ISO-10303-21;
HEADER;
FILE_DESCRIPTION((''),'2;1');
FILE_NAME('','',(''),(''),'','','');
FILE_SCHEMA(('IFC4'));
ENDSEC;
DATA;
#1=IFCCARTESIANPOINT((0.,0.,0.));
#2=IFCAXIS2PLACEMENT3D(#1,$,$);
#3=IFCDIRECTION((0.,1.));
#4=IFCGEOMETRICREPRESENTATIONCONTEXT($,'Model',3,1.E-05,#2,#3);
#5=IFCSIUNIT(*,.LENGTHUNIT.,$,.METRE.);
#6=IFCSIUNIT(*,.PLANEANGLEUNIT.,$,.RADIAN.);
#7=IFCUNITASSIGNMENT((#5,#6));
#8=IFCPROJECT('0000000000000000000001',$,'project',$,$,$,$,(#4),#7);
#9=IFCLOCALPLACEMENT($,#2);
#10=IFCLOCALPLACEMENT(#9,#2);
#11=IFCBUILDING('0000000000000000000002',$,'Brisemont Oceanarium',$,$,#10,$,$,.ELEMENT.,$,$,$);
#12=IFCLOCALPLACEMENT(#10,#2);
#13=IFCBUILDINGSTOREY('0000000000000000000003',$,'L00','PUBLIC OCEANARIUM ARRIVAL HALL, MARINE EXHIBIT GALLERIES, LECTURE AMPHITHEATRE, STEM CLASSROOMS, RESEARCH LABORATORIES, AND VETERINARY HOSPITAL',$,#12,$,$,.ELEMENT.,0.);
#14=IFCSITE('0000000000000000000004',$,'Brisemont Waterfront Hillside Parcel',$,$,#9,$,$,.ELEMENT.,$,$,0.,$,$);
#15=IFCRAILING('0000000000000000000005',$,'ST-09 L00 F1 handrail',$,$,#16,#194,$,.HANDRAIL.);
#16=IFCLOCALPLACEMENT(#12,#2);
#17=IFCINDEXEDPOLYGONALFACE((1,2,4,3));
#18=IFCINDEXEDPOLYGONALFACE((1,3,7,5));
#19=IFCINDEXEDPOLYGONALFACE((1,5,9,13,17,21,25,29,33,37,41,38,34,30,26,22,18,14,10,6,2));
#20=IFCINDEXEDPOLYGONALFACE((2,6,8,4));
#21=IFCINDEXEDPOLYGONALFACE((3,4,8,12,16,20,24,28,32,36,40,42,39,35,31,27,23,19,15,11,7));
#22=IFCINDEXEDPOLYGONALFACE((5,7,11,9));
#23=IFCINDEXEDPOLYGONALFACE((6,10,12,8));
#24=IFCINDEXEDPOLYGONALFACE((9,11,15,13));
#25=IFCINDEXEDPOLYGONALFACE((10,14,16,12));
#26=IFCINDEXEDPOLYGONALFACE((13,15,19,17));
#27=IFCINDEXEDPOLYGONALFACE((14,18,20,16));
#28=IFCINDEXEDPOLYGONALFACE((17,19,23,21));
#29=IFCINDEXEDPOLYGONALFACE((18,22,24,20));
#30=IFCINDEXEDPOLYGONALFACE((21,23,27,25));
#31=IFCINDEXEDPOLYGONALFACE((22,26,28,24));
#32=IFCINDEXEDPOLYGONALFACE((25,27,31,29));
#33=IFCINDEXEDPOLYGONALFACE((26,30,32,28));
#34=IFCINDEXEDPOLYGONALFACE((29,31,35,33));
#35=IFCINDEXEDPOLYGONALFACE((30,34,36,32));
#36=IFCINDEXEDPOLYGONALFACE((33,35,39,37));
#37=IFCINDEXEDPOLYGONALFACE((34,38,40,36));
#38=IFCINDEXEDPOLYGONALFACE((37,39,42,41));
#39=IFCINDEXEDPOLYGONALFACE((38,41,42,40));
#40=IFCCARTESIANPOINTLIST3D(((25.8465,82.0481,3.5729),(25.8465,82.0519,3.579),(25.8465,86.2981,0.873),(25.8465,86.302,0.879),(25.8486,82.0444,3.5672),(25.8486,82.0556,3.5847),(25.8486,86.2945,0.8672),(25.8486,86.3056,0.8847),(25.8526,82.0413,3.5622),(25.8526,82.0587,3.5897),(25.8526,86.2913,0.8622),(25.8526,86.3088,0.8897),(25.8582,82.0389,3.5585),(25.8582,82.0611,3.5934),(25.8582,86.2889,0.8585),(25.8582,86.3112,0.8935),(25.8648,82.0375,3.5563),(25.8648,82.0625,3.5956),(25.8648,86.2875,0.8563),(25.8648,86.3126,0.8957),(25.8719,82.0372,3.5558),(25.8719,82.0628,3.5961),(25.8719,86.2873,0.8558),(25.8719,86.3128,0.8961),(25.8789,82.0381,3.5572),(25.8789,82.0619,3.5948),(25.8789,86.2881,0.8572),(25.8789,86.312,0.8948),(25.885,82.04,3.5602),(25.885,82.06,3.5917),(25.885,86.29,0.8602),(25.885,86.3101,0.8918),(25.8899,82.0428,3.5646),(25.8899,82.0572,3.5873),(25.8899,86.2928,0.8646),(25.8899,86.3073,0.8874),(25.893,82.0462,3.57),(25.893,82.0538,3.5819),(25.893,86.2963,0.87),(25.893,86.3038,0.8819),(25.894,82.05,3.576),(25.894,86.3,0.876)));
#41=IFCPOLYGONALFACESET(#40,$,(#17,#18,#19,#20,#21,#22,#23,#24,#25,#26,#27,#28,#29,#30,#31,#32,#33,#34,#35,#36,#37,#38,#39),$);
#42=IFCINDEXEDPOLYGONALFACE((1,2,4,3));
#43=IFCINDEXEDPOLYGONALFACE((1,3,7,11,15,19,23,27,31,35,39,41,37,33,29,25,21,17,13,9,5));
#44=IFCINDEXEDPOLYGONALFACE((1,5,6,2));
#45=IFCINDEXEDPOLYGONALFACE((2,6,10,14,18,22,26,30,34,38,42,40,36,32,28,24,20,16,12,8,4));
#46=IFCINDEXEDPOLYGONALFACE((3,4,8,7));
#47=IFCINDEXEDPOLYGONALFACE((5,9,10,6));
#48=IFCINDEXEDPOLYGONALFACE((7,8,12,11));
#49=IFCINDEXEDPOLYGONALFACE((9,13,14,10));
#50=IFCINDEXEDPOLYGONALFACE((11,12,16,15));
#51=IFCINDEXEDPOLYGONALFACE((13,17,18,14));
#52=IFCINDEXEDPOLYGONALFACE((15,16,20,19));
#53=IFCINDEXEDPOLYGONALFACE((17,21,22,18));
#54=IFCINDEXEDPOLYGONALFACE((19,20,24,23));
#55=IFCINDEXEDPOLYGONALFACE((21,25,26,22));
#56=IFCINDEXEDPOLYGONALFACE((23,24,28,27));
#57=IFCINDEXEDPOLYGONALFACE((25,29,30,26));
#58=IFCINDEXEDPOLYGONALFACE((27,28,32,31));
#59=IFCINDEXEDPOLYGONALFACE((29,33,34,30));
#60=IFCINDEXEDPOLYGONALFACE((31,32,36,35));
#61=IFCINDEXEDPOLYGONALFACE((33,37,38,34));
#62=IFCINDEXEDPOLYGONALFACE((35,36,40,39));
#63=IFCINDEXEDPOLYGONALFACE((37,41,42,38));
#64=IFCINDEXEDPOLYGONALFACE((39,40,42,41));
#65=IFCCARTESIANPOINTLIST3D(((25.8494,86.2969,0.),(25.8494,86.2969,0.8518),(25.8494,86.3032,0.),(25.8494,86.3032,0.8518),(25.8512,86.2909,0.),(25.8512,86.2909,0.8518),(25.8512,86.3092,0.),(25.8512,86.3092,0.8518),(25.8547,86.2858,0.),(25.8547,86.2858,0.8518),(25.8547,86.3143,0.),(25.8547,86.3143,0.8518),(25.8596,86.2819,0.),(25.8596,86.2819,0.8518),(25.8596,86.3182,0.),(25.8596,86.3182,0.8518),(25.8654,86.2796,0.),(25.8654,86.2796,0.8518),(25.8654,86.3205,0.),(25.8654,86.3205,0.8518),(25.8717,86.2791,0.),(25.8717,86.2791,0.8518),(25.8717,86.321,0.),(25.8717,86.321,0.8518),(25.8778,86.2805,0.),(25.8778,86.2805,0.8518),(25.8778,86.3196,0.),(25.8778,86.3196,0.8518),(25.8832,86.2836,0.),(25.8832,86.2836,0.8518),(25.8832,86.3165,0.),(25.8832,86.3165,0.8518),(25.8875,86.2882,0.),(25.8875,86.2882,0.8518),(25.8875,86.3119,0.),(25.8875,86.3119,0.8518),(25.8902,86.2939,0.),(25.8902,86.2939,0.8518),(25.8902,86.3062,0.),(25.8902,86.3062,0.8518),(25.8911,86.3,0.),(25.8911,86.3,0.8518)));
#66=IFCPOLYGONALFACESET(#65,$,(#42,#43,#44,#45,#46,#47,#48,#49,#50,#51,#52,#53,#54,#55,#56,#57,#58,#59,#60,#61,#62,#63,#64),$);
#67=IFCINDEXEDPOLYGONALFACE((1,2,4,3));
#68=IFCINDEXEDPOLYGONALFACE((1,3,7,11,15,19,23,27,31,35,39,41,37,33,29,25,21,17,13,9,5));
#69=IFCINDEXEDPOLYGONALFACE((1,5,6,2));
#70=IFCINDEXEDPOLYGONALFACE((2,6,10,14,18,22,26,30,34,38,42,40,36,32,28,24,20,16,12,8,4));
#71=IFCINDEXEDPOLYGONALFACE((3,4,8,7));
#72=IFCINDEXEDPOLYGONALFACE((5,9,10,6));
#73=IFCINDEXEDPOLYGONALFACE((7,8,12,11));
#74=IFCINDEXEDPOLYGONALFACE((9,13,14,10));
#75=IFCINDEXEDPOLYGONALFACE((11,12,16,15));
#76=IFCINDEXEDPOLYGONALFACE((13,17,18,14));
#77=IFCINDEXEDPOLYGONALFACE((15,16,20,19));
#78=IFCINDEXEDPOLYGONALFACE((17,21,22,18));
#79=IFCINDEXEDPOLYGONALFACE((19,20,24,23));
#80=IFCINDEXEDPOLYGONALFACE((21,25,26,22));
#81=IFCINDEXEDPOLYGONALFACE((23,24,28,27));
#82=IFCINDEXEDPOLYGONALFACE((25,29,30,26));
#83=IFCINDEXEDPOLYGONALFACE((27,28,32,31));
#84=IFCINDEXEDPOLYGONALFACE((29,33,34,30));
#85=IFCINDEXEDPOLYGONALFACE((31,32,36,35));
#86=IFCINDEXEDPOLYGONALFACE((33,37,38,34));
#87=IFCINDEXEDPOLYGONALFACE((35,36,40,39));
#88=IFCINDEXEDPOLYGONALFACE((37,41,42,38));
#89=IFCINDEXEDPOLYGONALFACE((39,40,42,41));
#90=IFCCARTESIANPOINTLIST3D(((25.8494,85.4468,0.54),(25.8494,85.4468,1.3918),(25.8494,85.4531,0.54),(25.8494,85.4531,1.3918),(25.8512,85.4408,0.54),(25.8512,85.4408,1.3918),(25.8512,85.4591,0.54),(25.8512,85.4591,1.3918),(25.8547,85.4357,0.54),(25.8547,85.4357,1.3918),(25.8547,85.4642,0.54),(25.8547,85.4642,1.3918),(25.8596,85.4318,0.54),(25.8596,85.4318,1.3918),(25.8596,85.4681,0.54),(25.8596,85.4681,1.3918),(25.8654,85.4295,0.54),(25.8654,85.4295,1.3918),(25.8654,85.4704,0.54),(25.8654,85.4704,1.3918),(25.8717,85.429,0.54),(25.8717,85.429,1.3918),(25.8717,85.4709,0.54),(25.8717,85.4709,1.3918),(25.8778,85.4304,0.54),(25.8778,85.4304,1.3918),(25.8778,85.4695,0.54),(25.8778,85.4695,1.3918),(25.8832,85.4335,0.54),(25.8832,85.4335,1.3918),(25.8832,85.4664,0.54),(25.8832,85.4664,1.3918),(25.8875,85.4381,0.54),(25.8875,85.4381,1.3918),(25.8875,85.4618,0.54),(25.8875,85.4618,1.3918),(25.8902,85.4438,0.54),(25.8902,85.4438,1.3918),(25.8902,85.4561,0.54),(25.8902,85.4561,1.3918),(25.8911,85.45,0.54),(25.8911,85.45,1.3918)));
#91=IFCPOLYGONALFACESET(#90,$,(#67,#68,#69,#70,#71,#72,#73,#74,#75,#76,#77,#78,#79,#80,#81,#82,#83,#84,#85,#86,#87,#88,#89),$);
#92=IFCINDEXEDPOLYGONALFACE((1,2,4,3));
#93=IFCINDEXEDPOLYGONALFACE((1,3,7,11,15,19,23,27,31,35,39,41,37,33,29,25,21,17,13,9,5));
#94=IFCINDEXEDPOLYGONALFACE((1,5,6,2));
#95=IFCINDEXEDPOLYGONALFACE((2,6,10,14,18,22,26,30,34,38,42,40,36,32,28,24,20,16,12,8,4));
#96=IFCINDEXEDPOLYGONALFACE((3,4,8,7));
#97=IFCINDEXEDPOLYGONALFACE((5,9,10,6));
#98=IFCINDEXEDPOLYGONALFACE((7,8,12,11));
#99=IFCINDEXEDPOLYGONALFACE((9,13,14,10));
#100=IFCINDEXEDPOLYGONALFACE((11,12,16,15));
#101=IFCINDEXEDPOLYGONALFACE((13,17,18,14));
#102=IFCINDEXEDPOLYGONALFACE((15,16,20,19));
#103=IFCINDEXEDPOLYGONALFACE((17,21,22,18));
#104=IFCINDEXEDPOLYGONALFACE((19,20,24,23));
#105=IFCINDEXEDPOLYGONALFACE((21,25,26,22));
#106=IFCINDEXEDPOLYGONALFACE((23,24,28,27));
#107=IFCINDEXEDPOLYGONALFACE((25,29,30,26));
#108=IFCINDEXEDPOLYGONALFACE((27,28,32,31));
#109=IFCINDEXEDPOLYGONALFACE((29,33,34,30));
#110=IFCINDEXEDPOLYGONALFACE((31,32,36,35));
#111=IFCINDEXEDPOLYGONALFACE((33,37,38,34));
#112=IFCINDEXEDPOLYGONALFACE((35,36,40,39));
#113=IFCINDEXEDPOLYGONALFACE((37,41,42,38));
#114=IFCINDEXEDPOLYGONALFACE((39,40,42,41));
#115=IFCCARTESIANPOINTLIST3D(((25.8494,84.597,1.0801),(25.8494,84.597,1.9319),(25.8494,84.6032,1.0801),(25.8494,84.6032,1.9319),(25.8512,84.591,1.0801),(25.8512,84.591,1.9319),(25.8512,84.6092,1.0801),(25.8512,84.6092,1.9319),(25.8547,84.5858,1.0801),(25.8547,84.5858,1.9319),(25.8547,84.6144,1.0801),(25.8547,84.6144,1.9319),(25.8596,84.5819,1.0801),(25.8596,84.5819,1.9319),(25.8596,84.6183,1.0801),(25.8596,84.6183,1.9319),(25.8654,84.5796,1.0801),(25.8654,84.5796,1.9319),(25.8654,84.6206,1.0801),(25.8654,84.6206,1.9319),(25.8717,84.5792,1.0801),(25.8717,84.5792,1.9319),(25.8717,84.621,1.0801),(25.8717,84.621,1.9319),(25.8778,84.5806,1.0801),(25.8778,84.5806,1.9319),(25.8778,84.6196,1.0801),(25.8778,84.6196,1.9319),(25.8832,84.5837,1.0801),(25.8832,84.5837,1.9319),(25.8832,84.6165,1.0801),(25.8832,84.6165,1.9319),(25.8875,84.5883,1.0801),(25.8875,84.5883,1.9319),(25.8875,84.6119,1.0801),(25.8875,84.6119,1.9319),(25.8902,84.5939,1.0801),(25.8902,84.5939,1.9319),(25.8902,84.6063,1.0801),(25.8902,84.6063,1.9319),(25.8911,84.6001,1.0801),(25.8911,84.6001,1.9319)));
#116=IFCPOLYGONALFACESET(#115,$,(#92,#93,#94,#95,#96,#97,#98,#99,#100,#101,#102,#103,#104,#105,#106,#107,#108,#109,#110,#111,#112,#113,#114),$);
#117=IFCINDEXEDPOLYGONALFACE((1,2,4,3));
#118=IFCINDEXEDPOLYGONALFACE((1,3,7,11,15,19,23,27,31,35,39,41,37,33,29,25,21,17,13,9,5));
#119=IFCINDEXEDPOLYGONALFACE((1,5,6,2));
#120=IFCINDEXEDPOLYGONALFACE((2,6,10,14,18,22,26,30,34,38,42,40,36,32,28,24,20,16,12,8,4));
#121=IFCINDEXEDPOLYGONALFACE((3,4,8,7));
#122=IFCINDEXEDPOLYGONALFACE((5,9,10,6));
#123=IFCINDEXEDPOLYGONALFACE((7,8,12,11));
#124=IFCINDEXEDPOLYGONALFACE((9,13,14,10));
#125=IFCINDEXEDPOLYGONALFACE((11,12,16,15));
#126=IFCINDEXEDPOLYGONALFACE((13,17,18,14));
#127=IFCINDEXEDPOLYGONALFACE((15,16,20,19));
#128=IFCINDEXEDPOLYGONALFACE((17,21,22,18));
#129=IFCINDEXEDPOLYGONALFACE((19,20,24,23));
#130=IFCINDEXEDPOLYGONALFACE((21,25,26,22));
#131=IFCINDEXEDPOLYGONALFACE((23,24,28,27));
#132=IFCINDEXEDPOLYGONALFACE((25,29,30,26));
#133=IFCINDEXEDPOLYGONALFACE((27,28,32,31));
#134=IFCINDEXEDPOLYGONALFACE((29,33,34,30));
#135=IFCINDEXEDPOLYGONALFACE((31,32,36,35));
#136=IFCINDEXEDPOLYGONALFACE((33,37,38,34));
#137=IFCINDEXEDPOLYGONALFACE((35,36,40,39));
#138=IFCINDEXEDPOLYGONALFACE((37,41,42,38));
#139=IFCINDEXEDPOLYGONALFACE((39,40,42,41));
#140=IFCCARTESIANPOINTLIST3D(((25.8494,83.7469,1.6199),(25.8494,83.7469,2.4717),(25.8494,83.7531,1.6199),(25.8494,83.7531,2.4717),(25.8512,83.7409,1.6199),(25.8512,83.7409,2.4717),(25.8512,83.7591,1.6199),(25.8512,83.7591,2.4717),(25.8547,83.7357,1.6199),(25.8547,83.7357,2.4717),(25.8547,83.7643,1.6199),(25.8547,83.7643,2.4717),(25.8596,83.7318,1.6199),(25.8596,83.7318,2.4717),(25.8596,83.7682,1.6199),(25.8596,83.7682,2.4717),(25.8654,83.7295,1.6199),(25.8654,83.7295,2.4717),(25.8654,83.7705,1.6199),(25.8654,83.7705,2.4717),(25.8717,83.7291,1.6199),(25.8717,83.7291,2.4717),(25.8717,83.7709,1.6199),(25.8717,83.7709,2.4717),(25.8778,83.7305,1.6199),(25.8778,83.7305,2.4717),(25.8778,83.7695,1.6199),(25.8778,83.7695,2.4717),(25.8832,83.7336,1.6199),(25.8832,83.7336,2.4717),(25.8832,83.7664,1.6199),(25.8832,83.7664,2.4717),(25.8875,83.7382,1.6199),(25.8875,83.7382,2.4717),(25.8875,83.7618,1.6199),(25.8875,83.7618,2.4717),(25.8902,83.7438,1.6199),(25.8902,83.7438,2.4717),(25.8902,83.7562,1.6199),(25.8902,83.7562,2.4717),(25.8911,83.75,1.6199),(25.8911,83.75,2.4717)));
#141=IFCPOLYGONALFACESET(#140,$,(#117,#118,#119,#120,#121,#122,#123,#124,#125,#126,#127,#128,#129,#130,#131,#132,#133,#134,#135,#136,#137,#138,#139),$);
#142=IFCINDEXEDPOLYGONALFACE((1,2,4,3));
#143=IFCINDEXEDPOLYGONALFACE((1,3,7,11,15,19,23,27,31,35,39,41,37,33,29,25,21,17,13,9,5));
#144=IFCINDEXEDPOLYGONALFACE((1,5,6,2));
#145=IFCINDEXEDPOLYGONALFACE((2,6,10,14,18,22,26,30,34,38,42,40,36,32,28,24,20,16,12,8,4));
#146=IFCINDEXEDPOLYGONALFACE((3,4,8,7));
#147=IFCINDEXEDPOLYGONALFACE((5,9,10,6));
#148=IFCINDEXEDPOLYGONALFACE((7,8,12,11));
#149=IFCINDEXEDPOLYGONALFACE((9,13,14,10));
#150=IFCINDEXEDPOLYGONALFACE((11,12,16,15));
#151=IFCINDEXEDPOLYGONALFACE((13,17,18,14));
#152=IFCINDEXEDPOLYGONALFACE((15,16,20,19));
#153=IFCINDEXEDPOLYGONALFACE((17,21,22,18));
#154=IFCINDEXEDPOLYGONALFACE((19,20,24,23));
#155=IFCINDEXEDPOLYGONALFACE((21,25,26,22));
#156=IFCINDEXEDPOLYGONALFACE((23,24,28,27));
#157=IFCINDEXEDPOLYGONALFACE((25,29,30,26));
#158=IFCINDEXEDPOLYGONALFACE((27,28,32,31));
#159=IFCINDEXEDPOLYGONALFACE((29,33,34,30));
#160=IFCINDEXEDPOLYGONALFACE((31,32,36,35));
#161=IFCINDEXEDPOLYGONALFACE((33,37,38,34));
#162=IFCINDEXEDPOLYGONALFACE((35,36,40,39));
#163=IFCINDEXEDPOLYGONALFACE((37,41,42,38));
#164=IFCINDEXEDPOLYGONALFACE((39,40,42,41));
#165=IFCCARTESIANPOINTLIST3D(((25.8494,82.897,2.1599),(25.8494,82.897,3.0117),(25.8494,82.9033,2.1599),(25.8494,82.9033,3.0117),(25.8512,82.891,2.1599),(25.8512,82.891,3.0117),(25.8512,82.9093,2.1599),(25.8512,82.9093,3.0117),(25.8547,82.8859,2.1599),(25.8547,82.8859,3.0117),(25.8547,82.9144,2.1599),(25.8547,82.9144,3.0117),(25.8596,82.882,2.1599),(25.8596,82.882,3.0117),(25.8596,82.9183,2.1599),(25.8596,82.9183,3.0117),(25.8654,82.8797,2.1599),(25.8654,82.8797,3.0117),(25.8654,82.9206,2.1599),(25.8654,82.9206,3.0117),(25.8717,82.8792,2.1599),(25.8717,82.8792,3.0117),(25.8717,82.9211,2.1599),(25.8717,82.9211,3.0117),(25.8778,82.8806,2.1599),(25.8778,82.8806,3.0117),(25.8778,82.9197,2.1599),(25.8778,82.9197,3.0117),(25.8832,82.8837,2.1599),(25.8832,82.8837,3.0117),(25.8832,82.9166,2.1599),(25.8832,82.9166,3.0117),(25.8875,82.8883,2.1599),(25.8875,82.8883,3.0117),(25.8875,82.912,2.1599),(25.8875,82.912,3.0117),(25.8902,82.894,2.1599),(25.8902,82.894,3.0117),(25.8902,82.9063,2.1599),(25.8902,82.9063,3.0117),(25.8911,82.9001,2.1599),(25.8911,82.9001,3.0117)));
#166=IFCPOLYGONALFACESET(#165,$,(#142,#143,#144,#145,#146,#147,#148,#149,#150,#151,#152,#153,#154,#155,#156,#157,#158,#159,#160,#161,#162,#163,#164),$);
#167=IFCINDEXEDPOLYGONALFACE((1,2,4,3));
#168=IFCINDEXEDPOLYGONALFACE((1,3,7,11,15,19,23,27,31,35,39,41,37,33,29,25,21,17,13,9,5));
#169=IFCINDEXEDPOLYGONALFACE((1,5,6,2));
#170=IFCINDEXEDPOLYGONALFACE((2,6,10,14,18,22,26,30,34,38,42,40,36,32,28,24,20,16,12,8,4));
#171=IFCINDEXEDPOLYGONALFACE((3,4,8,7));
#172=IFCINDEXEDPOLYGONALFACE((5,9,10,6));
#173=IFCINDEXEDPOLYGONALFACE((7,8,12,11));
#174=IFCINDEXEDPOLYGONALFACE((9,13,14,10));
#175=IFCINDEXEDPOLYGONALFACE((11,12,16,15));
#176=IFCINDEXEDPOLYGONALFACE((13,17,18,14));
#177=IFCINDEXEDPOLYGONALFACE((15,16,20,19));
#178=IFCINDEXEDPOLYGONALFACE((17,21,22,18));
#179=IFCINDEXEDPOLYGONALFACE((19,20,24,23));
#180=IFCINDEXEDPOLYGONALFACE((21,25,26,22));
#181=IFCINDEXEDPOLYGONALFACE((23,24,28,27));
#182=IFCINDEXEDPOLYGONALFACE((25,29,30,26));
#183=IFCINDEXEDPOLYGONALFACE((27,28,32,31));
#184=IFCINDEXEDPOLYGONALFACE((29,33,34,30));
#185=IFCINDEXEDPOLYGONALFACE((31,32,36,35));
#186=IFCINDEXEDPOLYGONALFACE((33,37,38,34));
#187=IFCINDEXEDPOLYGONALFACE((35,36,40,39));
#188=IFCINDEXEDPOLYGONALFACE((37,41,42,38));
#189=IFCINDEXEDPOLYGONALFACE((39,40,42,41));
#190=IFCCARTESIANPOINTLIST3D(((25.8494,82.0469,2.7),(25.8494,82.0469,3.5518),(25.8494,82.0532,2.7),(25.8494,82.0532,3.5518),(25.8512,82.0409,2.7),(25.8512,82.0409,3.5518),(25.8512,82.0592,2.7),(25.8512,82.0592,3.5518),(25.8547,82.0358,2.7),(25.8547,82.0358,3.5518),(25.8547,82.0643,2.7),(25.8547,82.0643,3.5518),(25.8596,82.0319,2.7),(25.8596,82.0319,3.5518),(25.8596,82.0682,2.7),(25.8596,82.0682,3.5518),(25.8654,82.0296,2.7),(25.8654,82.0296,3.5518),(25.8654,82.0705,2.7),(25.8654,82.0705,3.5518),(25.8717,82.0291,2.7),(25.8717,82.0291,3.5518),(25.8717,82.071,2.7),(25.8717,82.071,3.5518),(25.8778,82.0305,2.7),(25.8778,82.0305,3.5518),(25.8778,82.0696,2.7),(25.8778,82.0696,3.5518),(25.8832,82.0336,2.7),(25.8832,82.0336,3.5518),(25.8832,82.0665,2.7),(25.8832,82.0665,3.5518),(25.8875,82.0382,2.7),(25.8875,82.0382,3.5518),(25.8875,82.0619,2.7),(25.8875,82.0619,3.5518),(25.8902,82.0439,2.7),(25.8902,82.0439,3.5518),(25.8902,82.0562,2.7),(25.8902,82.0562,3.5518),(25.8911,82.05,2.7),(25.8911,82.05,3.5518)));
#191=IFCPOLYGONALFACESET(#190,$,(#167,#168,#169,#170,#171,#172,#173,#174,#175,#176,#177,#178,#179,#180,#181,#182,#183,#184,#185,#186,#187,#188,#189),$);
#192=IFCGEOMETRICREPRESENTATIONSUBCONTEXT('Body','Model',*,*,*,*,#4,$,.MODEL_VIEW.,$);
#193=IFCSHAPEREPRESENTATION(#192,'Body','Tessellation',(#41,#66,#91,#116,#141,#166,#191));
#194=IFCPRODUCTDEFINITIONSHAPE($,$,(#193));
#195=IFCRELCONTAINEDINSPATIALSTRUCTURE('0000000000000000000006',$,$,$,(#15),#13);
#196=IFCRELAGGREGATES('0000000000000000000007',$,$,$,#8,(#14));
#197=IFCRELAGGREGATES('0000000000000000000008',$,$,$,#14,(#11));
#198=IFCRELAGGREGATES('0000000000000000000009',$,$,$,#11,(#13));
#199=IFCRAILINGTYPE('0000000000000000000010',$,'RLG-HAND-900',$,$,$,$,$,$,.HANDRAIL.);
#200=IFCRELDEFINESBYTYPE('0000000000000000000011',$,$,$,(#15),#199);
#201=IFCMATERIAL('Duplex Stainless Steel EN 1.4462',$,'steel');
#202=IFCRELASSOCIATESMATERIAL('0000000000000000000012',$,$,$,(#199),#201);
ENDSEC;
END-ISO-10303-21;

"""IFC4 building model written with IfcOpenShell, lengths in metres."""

from ifc_helpers import new_model, si_unit, direction, frame, origin, origin_2d, place, context, subcontext, project, spatial, circle, extrude, material, type_object, element, save


model = new_model("IFC4")

# Units and contexts
model_context = context("Model", 3, precision=1e-05, world=origin(), true_north=direction((0.0, 1.0)))
body_context = subcontext(model_context, "Body", "Model", "MODEL_VIEW")
ifc_project = project(units=[si_unit("LENGTHUNIT", "METRE"), si_unit("PLANEANGLEUNIT", "RADIAN")], contexts=[model_context])

# Site, building, storey
site_placement = place(None, origin())
site = spatial("IfcSite", under=ifc_project, at=site_placement, Name="Brisemont Waterfront Hillside Parcel", CompositionType="ELEMENT", RefElevation=0.0)
building_placement = place(site_placement, origin())
building = spatial("IfcBuilding", under=site, at=building_placement, Name="Brisemont Oceanarium", CompositionType="ELEMENT")
storey_placement = place(building_placement, origin())
storey = spatial("IfcBuildingStorey", under=building, at=storey_placement, Name="L00", Description="PUBLIC OCEANARIUM ARRIVAL HALL, MARINE EXHIBIT GALLERIES, LECTURE AMPHITHEATRE, STEM CLASSROOMS, RESEARCH LABORATORIES, AND VETERINARY HOSPITAL", CompositionType="ELEMENT", Elevation=0.0)

# Railing
ifc_material_1 = material(Name="Duplex Stainless Steel EN 1.4462", Category="steel")
railing_type_1 = type_object("IfcRailingType", Name="RLG-HAND-900", PredefinedType="HANDRAIL", material=ifc_material_1)
railing_1_placement = place(storey_placement, frame((25.8701, 86.3, 0.0)))
element("IfcRailing", 1, at=railing_1_placement, inside=storey, type_object=railing_type_1, Name="ST-09 L00 F1 handrail", PredefinedType="HANDRAIL", context=body_context, shape_type="SweptSolid", body=[
    extrude(circle(Radius=0.0239, at=origin_2d()), frame((0.0, 0.0, 0.876), z_axis=(0.0, -0.844075, 0.536226), x_axis=(1.0, 0.0, 0.0)), (0.0, 0.0, 1.0), 5.0352),
    extrude(circle(Radius=0.021, at=origin_2d()), origin(), (0.0, 0.0, 1.0), 0.8518),
    extrude(circle(Radius=0.021, at=origin_2d()), frame((0.0, -0.8501, 0.54)), (0.0, 0.0, 1.0), 0.8518),
    extrude(circle(Radius=0.021, at=origin_2d()), frame((0.0, -1.7, 1.0801)), (0.0, 0.0, 1.0), 0.8518),
    extrude(circle(Radius=0.021, at=origin_2d()), frame((0.0, -2.55, 1.6199)), (0.0, 0.0, 1.0), 0.8518),
    extrude(circle(Radius=0.021, at=origin_2d()), frame((0.0, -3.3999, 2.1599)), (0.0, 0.0, 1.0), 0.8518),
    extrude(circle(Radius=0.021, at=origin_2d()), frame((0.0, -4.25, 2.7)), (0.0, 0.0, 1.0), 0.8518),
])

save(model, "model.ifc")
